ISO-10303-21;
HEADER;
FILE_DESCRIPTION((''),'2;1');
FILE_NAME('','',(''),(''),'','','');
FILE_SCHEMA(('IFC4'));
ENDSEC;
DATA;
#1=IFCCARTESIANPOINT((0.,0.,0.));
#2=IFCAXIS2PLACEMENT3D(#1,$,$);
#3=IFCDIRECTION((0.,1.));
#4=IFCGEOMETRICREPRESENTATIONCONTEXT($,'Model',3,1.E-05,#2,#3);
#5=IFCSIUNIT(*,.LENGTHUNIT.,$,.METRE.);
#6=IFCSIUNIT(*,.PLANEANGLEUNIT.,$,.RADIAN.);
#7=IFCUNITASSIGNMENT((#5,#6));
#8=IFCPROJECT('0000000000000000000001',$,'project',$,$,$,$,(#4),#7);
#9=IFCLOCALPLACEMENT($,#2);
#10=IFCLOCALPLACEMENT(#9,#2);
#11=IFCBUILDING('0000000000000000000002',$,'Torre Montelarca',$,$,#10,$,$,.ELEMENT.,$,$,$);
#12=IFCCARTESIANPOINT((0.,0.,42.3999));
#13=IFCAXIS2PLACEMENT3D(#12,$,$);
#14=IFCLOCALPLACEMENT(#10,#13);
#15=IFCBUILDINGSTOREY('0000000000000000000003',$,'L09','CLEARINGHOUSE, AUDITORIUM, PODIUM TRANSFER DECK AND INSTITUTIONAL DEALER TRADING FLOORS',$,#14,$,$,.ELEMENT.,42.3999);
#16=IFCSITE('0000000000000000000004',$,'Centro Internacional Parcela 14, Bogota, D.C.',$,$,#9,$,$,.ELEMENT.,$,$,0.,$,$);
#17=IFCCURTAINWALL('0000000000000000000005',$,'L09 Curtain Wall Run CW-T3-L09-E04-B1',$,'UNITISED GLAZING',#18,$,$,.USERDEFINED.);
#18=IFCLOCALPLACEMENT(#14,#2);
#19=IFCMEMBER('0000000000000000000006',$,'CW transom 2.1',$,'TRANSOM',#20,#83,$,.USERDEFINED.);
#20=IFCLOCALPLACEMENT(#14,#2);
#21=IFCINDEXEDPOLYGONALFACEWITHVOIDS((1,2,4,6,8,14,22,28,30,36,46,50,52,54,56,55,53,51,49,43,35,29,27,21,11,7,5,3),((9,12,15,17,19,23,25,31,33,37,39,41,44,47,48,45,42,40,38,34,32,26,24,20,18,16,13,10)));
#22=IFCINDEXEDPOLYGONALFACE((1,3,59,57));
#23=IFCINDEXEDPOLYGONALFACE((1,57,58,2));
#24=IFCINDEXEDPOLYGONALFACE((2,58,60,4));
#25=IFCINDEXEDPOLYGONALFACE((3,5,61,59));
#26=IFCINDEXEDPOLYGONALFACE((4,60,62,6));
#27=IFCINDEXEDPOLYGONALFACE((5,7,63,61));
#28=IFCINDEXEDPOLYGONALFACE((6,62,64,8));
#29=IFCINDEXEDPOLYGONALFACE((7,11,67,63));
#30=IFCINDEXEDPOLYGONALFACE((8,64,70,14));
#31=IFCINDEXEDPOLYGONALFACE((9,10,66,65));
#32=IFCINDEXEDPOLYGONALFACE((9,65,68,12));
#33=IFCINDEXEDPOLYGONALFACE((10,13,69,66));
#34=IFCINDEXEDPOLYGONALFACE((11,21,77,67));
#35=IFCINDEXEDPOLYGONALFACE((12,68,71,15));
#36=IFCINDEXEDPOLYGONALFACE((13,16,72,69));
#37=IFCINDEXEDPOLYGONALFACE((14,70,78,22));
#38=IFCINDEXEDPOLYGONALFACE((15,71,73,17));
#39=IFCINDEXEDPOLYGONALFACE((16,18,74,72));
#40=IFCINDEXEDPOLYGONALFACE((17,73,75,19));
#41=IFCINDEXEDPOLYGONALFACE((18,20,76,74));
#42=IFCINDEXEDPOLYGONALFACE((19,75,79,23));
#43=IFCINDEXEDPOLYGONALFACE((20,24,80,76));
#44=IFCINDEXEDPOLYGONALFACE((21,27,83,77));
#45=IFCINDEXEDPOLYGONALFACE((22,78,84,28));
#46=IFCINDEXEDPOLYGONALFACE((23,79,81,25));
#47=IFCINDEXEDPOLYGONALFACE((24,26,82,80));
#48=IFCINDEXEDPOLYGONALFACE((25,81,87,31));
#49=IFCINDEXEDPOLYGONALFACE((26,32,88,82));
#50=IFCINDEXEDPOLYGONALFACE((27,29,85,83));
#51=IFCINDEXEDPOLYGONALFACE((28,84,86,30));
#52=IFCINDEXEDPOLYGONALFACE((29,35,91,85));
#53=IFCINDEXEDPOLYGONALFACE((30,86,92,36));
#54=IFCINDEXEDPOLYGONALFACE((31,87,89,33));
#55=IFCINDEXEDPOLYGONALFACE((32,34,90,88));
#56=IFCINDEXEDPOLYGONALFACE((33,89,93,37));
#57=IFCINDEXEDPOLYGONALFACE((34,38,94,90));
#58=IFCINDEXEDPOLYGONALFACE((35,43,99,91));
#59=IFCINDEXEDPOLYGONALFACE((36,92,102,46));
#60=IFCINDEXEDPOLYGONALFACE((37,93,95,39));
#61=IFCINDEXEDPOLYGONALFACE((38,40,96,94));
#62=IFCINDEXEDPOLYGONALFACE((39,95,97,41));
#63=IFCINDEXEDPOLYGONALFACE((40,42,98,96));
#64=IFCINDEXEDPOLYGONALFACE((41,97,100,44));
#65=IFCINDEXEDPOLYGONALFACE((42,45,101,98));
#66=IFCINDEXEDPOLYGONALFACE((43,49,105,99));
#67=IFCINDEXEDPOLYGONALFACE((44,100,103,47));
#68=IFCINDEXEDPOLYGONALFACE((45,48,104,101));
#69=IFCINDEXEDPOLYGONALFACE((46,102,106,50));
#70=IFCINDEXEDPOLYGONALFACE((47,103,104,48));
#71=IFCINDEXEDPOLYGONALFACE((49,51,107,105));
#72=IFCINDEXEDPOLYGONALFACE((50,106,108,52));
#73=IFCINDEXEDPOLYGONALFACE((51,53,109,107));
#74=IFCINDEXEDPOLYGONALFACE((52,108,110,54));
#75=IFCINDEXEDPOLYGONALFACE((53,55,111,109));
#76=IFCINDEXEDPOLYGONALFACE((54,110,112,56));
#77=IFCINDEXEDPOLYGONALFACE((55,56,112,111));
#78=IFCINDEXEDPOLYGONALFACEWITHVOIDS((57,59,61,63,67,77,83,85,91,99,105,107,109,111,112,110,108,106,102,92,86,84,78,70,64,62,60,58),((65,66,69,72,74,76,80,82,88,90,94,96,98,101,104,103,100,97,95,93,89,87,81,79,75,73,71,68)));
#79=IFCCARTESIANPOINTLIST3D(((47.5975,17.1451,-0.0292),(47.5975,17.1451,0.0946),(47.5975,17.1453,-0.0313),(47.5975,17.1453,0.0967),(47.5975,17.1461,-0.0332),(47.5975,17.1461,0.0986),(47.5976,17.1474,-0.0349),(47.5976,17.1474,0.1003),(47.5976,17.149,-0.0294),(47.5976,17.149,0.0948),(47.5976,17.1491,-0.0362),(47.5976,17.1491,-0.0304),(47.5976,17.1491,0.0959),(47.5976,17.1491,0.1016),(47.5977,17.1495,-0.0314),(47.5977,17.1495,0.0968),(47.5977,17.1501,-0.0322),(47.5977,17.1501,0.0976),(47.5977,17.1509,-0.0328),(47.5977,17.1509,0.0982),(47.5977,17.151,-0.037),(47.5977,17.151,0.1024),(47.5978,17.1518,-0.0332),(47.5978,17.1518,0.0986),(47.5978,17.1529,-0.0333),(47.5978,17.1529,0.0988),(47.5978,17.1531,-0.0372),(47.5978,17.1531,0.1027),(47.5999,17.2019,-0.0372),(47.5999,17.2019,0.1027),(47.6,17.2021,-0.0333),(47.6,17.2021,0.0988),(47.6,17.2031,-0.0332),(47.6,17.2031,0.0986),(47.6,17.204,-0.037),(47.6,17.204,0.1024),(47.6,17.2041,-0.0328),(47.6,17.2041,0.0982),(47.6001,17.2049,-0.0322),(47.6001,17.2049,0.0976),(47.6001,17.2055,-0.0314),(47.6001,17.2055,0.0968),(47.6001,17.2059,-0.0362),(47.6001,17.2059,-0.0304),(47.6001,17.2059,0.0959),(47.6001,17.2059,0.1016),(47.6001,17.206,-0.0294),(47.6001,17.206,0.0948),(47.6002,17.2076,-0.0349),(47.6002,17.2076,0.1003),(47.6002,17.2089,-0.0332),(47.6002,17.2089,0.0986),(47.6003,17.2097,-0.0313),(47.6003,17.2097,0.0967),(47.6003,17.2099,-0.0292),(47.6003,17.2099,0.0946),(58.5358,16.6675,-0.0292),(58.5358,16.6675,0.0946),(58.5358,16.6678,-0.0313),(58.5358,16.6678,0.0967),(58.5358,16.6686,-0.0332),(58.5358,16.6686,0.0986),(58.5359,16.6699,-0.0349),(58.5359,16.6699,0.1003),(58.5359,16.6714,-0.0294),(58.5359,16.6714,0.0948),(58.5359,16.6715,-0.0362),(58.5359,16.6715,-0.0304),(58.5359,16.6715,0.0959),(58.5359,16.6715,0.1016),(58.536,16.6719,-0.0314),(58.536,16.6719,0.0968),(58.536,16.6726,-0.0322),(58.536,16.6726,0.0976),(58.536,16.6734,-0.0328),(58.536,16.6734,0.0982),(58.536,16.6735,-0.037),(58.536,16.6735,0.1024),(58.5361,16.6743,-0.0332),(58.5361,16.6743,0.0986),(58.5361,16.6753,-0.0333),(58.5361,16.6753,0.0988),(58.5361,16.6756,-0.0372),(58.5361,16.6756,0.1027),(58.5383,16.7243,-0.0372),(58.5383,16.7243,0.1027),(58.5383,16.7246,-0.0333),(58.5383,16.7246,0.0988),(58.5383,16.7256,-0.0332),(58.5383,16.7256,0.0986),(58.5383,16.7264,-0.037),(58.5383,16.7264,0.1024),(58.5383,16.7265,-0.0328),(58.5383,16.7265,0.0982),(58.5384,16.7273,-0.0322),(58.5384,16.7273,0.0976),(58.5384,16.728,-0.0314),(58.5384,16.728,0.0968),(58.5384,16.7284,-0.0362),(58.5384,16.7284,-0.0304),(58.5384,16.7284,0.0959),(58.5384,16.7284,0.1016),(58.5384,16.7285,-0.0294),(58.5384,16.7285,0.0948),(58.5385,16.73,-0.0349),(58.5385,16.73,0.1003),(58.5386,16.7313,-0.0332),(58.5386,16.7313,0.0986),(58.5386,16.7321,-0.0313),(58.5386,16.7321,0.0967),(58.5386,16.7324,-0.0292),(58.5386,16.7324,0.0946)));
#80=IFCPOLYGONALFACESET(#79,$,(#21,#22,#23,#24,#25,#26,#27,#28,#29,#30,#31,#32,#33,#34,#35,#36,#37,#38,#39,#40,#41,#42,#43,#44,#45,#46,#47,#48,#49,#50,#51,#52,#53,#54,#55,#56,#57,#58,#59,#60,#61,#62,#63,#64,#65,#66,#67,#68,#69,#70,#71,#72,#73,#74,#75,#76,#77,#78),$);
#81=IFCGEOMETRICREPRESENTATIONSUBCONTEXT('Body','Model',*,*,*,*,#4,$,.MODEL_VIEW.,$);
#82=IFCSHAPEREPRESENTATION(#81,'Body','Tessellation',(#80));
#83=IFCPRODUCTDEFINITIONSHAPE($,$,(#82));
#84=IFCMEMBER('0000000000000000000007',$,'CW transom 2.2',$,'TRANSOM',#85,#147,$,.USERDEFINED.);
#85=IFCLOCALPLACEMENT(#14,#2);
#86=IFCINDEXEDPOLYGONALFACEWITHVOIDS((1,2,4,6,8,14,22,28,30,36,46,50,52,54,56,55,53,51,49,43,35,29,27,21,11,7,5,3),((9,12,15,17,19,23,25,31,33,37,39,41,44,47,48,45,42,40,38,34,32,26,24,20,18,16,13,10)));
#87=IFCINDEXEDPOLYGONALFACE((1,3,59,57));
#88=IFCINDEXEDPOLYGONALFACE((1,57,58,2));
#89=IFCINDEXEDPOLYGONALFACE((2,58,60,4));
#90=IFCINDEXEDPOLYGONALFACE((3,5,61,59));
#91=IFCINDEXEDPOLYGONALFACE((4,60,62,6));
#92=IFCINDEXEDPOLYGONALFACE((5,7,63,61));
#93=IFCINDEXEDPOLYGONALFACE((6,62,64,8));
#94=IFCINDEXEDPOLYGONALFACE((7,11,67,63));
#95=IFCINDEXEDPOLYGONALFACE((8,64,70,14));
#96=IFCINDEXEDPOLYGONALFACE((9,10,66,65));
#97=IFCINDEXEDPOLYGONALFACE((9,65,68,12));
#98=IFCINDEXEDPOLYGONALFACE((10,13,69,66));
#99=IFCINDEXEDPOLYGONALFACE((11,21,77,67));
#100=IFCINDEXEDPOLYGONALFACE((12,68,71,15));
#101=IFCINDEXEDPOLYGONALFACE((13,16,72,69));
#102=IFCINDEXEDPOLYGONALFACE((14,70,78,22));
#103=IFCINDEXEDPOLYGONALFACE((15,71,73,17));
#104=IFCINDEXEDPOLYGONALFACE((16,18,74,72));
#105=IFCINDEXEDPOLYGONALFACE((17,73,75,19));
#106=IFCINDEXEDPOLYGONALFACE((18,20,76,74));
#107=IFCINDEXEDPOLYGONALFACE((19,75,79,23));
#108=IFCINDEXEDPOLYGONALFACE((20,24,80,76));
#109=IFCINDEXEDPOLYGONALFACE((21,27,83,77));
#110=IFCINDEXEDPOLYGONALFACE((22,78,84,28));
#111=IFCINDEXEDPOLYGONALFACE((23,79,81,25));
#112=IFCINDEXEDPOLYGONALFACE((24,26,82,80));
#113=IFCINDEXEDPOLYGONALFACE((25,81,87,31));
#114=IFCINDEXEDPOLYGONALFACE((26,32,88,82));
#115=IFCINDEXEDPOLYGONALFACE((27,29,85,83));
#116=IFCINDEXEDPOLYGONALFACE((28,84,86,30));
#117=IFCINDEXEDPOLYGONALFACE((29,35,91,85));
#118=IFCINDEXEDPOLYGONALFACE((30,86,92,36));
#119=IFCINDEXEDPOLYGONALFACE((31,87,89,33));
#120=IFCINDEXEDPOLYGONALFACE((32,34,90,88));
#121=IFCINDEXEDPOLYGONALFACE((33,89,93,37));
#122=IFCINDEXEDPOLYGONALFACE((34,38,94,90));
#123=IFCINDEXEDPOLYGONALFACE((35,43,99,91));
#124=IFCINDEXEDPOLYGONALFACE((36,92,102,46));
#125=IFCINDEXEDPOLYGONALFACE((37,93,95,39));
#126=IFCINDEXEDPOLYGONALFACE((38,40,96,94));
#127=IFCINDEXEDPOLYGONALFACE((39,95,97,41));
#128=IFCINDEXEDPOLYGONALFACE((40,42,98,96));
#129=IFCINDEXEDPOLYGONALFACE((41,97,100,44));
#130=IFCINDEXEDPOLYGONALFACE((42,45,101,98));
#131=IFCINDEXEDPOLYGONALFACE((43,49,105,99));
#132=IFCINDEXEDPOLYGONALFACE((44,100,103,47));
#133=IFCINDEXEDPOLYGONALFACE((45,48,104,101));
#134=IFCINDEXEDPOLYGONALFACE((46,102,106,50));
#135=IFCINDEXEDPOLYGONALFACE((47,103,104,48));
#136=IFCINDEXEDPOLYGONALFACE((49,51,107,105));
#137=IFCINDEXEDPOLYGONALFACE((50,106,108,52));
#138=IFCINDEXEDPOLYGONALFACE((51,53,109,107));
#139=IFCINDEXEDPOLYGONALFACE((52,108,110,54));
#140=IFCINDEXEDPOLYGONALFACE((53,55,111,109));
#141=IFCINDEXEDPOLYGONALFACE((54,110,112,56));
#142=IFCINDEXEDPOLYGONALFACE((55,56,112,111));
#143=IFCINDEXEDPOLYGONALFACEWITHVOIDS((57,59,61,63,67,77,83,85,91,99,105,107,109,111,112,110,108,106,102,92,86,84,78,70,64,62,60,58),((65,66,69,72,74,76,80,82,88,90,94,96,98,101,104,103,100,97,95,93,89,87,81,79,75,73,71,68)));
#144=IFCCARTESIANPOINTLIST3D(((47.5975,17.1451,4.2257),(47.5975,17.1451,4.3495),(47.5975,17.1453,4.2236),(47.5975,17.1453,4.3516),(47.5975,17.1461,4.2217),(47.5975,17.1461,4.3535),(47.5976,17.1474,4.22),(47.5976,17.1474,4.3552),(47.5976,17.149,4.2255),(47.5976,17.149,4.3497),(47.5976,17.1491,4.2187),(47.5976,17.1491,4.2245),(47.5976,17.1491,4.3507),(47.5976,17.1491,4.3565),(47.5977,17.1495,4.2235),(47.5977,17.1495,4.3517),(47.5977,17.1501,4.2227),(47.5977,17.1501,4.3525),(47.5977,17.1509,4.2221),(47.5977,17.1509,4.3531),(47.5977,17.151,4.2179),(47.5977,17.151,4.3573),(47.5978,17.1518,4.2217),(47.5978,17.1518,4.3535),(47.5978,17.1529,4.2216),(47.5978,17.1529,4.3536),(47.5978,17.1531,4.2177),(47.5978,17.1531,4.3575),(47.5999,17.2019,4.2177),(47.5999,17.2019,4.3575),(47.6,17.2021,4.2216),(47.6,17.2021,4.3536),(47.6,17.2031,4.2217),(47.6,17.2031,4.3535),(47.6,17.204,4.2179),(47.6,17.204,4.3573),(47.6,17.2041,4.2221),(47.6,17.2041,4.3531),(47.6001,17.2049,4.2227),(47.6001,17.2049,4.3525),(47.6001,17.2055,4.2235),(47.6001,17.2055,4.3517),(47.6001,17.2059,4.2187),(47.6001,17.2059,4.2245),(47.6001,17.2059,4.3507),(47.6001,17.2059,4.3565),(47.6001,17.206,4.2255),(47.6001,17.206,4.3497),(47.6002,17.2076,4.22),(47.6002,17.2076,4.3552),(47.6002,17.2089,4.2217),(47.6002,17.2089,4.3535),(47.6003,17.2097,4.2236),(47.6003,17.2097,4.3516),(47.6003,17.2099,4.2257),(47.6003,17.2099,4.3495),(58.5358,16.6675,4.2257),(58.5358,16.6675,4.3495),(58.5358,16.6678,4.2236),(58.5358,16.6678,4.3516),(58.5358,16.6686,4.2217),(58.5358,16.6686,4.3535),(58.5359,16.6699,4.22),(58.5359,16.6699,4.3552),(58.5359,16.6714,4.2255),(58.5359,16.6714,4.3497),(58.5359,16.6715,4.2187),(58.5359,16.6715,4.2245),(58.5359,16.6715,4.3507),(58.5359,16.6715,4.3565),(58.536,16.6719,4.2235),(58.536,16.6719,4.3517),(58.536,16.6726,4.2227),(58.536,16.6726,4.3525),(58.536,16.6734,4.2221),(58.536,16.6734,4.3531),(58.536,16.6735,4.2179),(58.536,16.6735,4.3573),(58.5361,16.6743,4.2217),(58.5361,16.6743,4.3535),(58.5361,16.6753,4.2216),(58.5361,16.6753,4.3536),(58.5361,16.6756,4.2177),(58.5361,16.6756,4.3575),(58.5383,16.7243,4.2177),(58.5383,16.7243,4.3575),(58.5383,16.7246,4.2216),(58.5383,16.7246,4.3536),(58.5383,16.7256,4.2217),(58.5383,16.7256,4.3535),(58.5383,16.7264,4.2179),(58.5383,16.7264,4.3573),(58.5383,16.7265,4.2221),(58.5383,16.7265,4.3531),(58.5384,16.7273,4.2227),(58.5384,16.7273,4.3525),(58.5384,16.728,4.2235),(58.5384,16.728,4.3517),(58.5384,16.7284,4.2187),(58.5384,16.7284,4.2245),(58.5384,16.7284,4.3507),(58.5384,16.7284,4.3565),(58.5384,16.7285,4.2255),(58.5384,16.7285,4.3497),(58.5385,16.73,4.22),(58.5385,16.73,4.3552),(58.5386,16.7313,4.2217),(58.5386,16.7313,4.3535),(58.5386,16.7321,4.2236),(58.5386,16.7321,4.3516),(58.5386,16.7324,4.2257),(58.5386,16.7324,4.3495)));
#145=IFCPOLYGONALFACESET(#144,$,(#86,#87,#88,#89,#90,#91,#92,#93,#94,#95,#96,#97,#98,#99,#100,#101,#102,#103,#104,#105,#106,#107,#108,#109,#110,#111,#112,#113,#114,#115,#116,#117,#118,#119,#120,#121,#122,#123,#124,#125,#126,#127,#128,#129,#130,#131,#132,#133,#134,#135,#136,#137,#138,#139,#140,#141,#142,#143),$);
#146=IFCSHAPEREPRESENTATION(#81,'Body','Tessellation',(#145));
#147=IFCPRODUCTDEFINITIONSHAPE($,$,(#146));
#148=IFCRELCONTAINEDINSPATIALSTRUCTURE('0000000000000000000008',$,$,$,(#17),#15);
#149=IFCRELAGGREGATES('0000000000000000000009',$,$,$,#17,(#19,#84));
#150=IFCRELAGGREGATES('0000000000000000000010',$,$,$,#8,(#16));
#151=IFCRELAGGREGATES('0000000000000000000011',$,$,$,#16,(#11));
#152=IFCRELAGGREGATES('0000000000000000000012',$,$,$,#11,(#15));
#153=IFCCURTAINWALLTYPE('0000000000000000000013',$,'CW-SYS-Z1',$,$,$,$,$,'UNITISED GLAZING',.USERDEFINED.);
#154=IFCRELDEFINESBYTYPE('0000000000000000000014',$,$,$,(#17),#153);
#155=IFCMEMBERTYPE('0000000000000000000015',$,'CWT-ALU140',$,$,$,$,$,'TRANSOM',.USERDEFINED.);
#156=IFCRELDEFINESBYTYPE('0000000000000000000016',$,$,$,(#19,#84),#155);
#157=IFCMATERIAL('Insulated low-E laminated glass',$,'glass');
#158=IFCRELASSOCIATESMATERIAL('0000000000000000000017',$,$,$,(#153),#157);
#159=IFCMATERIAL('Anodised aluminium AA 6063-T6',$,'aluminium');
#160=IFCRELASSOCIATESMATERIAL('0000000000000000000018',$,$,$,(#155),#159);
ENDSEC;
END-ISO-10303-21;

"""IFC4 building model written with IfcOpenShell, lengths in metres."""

from ifc_helpers import new_model, si_unit, direction, frame, origin, origin_2d, place, context, subcontext, project, spatial, hollow_rectangle, extrude, source, transform, mapped, material, material_profile, profile_set, type_object, element, aggregate, save


model = new_model("IFC4")

# Units and contexts
model_context = context("Model", 3, precision=1e-05, world=origin(), true_north=direction((0.0, 1.0)))
body_context = subcontext(model_context, "Body", "Model", "MODEL_VIEW")
ifc_project = project(units=[si_unit("LENGTHUNIT", "METRE"), si_unit("PLANEANGLEUNIT", "RADIAN")], contexts=[model_context])

# Site, building, storey
site_placement = place(None, origin())
site = spatial("IfcSite", under=ifc_project, at=site_placement, Name="Centro Internacional Parcela 14, Bogota, D.C.", CompositionType="ELEMENT", RefElevation=0.0)
building_placement = place(site_placement, origin())
building = spatial("IfcBuilding", under=site, at=building_placement, Name="Torre Montelarca", CompositionType="ELEMENT")
storey_placement = place(building_placement, frame((0.0, 0.0, 42.3999)))
storey = spatial("IfcBuildingStorey", under=building, at=storey_placement, Name="L09", Description="CLEARINGHOUSE, AUDITORIUM, PODIUM TRANSFER DECK AND INSTITUTIONAL DEALER TRADING FLOORS", CompositionType="ELEMENT", Elevation=42.3999)

# Curtain wall
ifc_material_1 = material(Name="Insulated low-E laminated glass", Category="glass")
curtain_wall_type = type_object("IfcCurtainWallType", Name="CW-SYS-Z1", ElementType="UNITISED GLAZING", PredefinedType="USERDEFINED", material=ifc_material_1)
curtain_wall_1_placement = place(storey_placement, origin())
curtain_wall_1 = element("IfcCurtainWall", 1, at=curtain_wall_1_placement, inside=storey, type_object=curtain_wall_type, Name="L09 Curtain Wall Run CW-T3-L09-E04-B1", ObjectType="UNITISED GLAZING", PredefinedType="USERDEFINED")
ifc_material_2 = material(Name="Anodised aluminium AA 6063-T6", Category="aluminium")

# Members
ifc_material_profile_1 = material_profile(ifc_material_2, hollow_rectangle(XDim=0.0649, YDim=0.1399, WallThickness=0.0039, InnerFilletRadius=0.0039, OuterFilletRadius=0.0081, at=origin_2d()), Name="ALU65X140X4", Category="aluminium")
ifc_profile_set_1 = profile_set([ifc_material_profile_1], Name="Anodised aluminium AA 6063-T6")
member_type_1 = type_object("IfcMemberType", Name="CWT-ALU140", ElementType="TRANSOM", PredefinedType="USERDEFINED", material=ifc_profile_set_1)
shared_shape_1 = source(origin(), body_context, "Body", "SweptSolid", [
    extrude(hollow_rectangle(XDim=0.0649, YDim=0.1399, WallThickness=0.0039, InnerFilletRadius=0.0039, OuterFilletRadius=0.0081, at=origin_2d()), origin(), (0.0, 0.0, 1.0), 10.9487),
])
member_1_placement = place(storey_placement, frame((47.5989, 17.1775, 0.0327), z_axis=(0.999048, -0.043616, 0.0), x_axis=(0.043616, 0.999048, 0.0)))
member_1 = element("IfcMember", 2, at=member_1_placement, type_object=member_type_1, Name="CW transom 2.1", ObjectType="TRANSOM", PredefinedType="USERDEFINED", context=body_context, shape_type="MappedRepresentation", body=[
    mapped(shared_shape_1, transform((0.0, 0.0, 0.0), scale=1.0)),
])
member_2_placement = place(storey_placement, frame((47.5989, 17.1775, 4.2876), z_axis=(0.999048, -0.043616, 0.0), x_axis=(0.043616, 0.999048, 0.0)))
member_2 = element("IfcMember", 3, at=member_2_placement, type_object=member_type_1, Name="CW transom 2.2", ObjectType="TRANSOM", PredefinedType="USERDEFINED", context=body_context, shape_type="MappedRepresentation", body=[
    mapped(shared_shape_1, transform((0.0, 0.0, 0.0), scale=1.0)),
])

aggregate(curtain_wall_1, [member_1, member_2])

save(model, "model.ifc")
